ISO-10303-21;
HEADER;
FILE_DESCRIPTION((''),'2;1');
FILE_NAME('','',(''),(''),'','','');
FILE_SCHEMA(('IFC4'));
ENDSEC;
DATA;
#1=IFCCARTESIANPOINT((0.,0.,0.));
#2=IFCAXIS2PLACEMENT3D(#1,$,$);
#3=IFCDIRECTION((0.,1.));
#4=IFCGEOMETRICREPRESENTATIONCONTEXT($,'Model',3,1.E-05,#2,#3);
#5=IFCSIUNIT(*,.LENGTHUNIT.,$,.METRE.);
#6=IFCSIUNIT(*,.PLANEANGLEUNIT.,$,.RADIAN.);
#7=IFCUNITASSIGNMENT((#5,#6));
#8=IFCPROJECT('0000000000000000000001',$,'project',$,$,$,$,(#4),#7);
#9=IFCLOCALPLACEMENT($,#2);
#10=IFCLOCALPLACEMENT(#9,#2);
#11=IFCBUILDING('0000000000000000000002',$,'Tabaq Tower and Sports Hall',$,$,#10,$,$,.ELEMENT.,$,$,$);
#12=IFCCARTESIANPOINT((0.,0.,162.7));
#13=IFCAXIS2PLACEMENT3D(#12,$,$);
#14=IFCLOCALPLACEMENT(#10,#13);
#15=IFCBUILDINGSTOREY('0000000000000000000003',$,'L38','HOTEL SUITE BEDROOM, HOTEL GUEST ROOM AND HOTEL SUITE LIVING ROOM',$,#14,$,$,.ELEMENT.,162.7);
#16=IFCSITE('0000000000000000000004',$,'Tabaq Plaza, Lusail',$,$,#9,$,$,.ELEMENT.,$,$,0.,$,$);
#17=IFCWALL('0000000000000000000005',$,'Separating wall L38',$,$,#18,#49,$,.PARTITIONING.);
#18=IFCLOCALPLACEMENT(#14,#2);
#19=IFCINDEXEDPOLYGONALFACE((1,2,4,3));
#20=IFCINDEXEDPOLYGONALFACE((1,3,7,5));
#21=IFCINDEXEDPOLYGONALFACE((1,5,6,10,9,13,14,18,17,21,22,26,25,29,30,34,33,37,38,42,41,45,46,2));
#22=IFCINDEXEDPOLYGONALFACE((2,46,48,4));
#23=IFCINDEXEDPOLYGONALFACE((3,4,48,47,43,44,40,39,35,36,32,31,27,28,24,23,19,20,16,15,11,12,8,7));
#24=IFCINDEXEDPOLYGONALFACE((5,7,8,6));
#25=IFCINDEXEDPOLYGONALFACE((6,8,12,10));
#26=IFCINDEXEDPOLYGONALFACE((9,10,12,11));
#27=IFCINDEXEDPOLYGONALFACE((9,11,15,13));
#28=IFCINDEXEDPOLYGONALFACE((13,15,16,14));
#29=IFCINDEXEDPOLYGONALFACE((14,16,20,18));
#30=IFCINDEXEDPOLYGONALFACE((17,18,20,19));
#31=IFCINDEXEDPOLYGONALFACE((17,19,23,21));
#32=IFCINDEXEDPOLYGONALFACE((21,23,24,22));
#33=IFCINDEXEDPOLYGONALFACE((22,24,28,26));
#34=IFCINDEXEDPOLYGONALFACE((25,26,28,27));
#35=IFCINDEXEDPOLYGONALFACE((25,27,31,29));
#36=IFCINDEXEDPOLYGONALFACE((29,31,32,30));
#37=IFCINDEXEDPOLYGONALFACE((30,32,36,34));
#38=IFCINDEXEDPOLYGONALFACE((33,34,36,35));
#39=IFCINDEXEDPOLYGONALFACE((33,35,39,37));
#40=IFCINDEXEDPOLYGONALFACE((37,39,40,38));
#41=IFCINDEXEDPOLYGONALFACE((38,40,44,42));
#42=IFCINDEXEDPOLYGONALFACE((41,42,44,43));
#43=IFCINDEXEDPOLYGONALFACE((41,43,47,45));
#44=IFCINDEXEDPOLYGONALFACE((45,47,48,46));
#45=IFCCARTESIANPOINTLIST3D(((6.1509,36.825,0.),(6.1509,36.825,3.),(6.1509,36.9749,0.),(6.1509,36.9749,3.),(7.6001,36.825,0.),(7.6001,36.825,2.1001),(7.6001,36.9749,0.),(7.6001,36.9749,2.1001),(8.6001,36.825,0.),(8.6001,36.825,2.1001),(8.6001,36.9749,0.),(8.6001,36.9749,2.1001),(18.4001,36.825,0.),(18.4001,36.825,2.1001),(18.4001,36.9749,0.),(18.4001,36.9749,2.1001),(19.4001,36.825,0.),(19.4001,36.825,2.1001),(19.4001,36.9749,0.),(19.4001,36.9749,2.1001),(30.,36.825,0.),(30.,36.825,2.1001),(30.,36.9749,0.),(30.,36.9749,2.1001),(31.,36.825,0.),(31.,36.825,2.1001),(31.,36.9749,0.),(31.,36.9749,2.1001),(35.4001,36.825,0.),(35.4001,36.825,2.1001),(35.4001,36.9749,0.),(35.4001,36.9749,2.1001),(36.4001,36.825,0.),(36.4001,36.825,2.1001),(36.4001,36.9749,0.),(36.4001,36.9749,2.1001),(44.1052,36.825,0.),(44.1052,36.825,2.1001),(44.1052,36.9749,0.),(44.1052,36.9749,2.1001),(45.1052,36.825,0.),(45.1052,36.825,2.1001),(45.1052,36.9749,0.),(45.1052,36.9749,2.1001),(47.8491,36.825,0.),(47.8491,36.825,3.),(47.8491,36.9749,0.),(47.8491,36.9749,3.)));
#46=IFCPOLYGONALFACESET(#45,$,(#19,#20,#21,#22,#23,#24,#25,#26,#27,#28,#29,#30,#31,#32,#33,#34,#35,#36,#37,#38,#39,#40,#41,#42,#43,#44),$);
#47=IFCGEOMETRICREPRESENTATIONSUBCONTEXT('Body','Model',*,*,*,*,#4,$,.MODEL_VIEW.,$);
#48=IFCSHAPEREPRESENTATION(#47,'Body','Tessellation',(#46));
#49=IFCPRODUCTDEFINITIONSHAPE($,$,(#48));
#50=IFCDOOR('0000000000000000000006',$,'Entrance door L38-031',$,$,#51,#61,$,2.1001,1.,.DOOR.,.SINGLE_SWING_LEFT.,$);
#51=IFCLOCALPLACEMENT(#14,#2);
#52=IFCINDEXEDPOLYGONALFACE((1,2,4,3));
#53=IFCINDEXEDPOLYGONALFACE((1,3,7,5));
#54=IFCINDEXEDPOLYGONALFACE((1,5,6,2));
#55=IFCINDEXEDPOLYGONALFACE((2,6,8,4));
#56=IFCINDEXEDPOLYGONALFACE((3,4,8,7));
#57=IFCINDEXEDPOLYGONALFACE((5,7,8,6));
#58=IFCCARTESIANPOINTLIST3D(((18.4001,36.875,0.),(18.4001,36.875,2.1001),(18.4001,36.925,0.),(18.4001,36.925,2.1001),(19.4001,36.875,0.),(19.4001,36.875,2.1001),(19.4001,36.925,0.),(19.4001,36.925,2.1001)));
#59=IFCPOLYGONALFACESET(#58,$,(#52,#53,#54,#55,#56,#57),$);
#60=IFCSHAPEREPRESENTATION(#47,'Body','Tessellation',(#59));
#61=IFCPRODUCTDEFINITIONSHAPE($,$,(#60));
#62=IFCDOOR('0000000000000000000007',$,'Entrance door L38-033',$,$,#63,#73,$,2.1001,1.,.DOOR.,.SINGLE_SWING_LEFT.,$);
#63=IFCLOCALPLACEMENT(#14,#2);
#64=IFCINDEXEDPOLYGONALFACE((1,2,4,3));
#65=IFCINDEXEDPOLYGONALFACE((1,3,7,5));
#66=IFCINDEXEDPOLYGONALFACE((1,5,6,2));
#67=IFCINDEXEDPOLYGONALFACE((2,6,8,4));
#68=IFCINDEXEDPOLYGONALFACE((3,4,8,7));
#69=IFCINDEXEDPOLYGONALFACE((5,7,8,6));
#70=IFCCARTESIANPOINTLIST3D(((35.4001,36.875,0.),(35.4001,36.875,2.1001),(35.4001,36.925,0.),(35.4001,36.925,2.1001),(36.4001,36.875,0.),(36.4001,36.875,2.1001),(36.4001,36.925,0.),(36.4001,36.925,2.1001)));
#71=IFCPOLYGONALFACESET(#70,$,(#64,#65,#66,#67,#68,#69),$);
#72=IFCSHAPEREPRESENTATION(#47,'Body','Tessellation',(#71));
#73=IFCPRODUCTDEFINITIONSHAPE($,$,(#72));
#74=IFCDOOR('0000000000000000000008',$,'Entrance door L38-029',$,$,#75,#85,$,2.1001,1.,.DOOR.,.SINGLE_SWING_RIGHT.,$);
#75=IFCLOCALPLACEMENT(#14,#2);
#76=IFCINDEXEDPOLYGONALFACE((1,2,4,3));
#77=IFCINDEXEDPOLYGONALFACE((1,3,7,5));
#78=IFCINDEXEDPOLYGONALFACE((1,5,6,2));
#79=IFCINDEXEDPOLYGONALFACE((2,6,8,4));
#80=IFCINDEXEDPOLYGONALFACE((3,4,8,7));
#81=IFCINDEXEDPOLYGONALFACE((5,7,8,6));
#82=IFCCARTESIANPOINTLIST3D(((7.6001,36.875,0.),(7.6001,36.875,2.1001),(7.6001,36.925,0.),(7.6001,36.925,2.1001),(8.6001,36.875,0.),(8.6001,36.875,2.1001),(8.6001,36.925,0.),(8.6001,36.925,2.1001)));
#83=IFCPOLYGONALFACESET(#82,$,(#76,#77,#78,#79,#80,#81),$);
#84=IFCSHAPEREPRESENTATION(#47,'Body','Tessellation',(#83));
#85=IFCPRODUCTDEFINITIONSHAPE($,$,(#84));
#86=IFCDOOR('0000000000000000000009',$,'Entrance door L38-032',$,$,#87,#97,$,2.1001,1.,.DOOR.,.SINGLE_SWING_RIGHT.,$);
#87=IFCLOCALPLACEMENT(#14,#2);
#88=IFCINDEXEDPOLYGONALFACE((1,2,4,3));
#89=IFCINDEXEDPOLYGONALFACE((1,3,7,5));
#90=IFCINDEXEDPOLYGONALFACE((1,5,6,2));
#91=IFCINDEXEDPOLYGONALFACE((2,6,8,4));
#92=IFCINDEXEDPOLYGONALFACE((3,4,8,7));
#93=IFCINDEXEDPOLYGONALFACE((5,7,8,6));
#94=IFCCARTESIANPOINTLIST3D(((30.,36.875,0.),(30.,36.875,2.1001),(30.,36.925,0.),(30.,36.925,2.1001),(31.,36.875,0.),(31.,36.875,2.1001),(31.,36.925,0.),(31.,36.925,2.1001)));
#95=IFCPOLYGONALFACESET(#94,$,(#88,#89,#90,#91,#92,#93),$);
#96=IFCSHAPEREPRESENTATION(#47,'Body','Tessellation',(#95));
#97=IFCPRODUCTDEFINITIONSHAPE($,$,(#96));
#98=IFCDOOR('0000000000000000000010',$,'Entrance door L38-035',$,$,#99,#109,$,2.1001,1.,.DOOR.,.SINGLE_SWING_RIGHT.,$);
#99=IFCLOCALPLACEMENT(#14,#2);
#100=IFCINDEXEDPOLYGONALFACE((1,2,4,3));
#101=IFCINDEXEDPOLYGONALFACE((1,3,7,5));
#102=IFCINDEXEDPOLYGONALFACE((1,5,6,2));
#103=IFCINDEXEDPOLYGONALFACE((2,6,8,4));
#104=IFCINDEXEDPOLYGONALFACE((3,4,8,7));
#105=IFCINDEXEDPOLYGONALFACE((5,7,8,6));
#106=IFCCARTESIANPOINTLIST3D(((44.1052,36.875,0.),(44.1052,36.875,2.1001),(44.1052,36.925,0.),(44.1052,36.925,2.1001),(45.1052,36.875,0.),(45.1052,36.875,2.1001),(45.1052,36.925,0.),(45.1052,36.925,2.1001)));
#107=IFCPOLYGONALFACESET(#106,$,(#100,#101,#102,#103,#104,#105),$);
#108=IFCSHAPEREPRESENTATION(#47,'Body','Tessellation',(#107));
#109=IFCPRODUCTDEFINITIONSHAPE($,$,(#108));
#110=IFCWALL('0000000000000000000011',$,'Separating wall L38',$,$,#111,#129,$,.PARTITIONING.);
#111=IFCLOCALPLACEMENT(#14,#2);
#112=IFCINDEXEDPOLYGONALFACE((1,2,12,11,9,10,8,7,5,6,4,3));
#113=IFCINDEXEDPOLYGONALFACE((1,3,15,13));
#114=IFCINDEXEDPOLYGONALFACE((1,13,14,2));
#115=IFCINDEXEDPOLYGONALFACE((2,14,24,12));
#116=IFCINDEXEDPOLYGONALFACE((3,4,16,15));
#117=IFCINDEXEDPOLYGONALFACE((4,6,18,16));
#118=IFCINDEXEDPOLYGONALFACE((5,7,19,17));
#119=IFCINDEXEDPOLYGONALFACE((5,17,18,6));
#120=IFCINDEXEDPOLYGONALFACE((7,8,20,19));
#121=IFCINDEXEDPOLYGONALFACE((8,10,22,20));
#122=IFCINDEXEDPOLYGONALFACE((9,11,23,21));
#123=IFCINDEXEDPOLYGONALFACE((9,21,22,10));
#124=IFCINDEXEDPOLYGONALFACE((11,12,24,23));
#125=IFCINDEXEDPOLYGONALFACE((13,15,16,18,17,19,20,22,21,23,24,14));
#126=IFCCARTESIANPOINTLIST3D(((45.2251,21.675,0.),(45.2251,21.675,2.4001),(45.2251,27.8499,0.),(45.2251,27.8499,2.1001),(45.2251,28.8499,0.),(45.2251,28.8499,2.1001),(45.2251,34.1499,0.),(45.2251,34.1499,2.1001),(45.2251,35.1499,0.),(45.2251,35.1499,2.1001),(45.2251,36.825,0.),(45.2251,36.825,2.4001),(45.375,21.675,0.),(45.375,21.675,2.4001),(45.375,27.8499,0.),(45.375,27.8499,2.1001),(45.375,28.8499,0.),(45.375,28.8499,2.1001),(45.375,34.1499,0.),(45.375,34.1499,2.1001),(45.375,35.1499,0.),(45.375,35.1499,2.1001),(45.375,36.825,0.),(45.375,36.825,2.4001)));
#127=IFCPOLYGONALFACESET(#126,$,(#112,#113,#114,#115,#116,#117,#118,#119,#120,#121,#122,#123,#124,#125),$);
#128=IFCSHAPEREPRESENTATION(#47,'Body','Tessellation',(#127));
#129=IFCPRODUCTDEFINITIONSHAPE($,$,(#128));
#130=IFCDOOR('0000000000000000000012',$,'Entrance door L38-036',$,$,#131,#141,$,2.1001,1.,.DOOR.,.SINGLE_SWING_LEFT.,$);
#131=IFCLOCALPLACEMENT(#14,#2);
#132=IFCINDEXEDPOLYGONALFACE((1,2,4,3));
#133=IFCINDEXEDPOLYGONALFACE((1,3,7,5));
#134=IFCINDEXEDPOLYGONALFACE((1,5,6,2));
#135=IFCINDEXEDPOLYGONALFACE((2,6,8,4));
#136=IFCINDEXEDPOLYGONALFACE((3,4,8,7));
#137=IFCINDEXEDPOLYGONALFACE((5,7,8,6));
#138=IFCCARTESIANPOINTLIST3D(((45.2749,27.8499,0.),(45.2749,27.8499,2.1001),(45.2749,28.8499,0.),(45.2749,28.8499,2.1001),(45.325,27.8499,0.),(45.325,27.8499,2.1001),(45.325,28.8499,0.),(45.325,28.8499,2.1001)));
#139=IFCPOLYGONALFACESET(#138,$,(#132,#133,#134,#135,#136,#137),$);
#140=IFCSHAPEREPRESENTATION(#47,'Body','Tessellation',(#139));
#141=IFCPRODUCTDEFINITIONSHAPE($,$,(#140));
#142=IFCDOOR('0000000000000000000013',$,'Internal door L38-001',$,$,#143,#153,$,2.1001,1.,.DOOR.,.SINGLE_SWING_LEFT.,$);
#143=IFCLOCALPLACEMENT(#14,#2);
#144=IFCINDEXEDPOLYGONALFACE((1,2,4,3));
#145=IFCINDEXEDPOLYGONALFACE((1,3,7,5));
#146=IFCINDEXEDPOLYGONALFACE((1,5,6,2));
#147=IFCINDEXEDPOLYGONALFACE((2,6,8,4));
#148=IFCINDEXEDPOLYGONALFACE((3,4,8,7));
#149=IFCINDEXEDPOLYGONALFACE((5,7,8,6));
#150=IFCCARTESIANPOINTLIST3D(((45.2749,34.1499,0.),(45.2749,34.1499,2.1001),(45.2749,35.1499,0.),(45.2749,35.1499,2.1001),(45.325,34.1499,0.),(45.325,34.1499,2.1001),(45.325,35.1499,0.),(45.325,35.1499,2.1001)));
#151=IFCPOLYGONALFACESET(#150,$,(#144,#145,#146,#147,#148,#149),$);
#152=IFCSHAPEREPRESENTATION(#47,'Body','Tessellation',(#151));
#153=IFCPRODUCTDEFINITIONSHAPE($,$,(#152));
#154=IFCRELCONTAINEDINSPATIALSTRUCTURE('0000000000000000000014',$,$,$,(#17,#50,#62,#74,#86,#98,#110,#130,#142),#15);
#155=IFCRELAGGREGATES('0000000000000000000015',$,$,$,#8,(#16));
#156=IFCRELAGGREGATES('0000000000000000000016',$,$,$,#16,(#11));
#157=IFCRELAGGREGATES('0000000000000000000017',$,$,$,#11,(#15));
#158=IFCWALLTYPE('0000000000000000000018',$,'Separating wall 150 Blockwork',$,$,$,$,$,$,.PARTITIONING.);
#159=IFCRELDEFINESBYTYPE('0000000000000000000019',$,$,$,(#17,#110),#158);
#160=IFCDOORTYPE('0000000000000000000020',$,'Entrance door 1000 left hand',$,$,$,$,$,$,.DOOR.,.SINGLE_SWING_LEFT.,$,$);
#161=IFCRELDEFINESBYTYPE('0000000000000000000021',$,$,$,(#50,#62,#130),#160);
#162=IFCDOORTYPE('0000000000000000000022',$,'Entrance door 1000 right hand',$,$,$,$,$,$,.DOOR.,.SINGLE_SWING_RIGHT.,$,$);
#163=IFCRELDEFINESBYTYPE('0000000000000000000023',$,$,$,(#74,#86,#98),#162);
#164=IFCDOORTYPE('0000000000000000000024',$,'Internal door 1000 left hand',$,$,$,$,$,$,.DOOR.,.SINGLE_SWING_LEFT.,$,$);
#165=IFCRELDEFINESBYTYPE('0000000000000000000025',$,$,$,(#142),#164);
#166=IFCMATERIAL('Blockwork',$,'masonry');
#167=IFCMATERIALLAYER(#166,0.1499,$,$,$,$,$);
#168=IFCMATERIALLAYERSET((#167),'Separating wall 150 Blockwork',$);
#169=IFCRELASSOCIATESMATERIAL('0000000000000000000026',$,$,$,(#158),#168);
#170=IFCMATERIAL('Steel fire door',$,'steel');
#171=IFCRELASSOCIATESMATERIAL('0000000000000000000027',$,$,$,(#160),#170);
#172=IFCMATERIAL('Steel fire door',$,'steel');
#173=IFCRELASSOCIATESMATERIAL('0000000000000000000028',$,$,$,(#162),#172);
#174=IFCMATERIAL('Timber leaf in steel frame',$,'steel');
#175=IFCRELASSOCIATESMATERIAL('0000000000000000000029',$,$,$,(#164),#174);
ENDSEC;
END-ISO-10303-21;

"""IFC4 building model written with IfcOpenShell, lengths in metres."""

from ifc_helpers import new_model, si_unit, direction, frame, frame_2d, origin, place, context, subcontext, project, spatial, rectangle, extrude, material, layer, layer_set, type_object, element, fill, save


model = new_model("IFC4")

# Units and contexts
model_context = context("Model", 3, precision=1e-05, world=origin(), true_north=direction((0.0, 1.0)))
body_context = subcontext(model_context, "Body", "Model", "MODEL_VIEW")
ifc_project = project(units=[si_unit("LENGTHUNIT", "METRE"), si_unit("PLANEANGLEUNIT", "RADIAN")], contexts=[model_context])

# Site, building, storey
site_placement = place(None, origin())
site = spatial("IfcSite", under=ifc_project, at=site_placement, Name="Tabaq Plaza, Lusail", CompositionType="ELEMENT", RefElevation=0.0)
building_placement = place(site_placement, origin())
building = spatial("IfcBuilding", under=site, at=building_placement, Name="Tabaq Tower and Sports Hall", CompositionType="ELEMENT")
storey_placement = place(building_placement, frame((0.0, 0.0, 162.7)))
storey = spatial("IfcBuildingStorey", under=building, at=storey_placement, Name="L38", Description="HOTEL SUITE BEDROOM, HOTEL GUEST ROOM AND HOTEL SUITE LIVING ROOM", CompositionType="ELEMENT", Elevation=162.7)

# Walls, openings, doors
ifc_material_1 = material(Name="Blockwork", Category="masonry")
ifc_layer = layer(ifc_material_1, 0.1499)
ifc_layer_set = layer_set([ifc_layer], Name="Separating wall 150 Blockwork")
wall_type = type_object("IfcWallType", Name="Separating wall 150 Blockwork", PredefinedType="PARTITIONING", material=ifc_layer_set)
wall_1_placement = place(storey_placement, frame((47.8491, 36.8999, 0.0), z_axis=(0.0, 0.0, 1.0), x_axis=(-1.0, 0.0, 0.0)))
wall_1 = element("IfcWall", 1, at=wall_1_placement, inside=storey, type_object=wall_type, Name="Separating wall L38", PredefinedType="PARTITIONING", context=body_context, shape_type="SweptSolid", body=[
    extrude(rectangle(XDim=41.6982, YDim=0.1499, at=frame_2d((20.8491, 0.0))), origin(), (0.0, 0.0, 1.0), 3.0),
])
opening_1_placement = place(wall_1_placement, frame((39.249, 0.0, 0.0)))
opening_1 = element("IfcOpeningElement", 2, at=opening_1_placement, cuts=wall_1, PredefinedType="OPENING", context=body_context, shape_type="SweptSolid", body=[
    extrude(rectangle(XDim=1.0, YDim=2.1001, at=frame_2d((0.5, 1.05))), frame((0.0, 0.075, 0.0), z_axis=(0.0, -1.0, 0.0), x_axis=(1.0, 0.0, 0.0)), (0.0, 0.0, 1.0), 0.1499),
])
opening_2_placement = place(wall_1_placement, frame((28.449, 0.0, 0.0)))
opening_2 = element("IfcOpeningElement", 3, at=opening_2_placement, cuts=wall_1, PredefinedType="OPENING", context=body_context, shape_type="SweptSolid", body=[
    extrude(rectangle(XDim=1.0, YDim=2.1001, at=frame_2d((0.5, 1.05))), frame((0.0, 0.075, 0.0), z_axis=(0.0, -1.0, 0.0), x_axis=(1.0, 0.0, 0.0)), (0.0, 0.0, 1.0), 0.1499),
])
opening_3_placement = place(wall_1_placement, frame((16.8491, 0.0, 0.0)))
opening_3 = element("IfcOpeningElement", 4, at=opening_3_placement, cuts=wall_1, PredefinedType="OPENING", context=body_context, shape_type="SweptSolid", body=[
    extrude(rectangle(XDim=1.0, YDim=2.1001, at=frame_2d((0.5, 1.05))), frame((0.0, 0.075, 0.0), z_axis=(0.0, -1.0, 0.0), x_axis=(1.0, 0.0, 0.0)), (0.0, 0.0, 1.0), 0.1499),
])
opening_4_placement = place(wall_1_placement, frame((11.449, 0.0, 0.0)))
opening_4 = element("IfcOpeningElement", 5, at=opening_4_placement, cuts=wall_1, PredefinedType="OPENING", context=body_context, shape_type="SweptSolid", body=[
    extrude(rectangle(XDim=1.0, YDim=2.1001, at=frame_2d((0.5, 1.05))), frame((0.0, 0.075, 0.0), z_axis=(0.0, -1.0, 0.0), x_axis=(1.0, 0.0, 0.0)), (0.0, 0.0, 1.0), 0.1499),
])
opening_5_placement = place(wall_1_placement, frame((2.7439, 0.0, 0.0)))
opening_5 = element("IfcOpeningElement", 6, at=opening_5_placement, cuts=wall_1, PredefinedType="OPENING", context=body_context, shape_type="SweptSolid", body=[
    extrude(rectangle(XDim=1.0, YDim=2.1001, at=frame_2d((0.5, 1.05))), frame((0.0, 0.075, 0.0), z_axis=(0.0, -1.0, 0.0), x_axis=(1.0, 0.0, 0.0)), (0.0, 0.0, 1.0), 0.1499),
])
ifc_material_2 = material(Name="Steel fire door", Category="steel")
door_type_1 = type_object("IfcDoorType", Name="Entrance door 1000 left hand", OperationType="SINGLE_SWING_LEFT", PredefinedType="DOOR", material=ifc_material_2)
door_1_placement = place(opening_2_placement, origin())
door_1 = element("IfcDoor", 7, at=door_1_placement, inside=storey, type_object=door_type_1, Name="Entrance door L38-031", OperationType="SINGLE_SWING_LEFT", OverallHeight=2.1001, OverallWidth=1.0, PredefinedType="DOOR", context=body_context, shape_type="SweptSolid", body=[
    extrude(rectangle(XDim=1.0, YDim=2.1001, at=frame_2d((0.5, 1.05))), frame((0.0, 0.0249, 0.0), z_axis=(0.0, -1.0, 0.0), x_axis=(1.0, 0.0, 0.0)), (0.0, 0.0, 1.0), 0.05),
])
fill(opening_2, door_1)
door_2_placement = place(opening_4_placement, origin())
door_2 = element("IfcDoor", 8, at=door_2_placement, inside=storey, type_object=door_type_1, Name="Entrance door L38-033", OperationType="SINGLE_SWING_LEFT", OverallHeight=2.1001, OverallWidth=1.0, PredefinedType="DOOR", context=body_context, shape_type="SweptSolid", body=[
    extrude(rectangle(XDim=1.0, YDim=2.1001, at=frame_2d((0.5, 1.05))), frame((0.0, 0.0249, 0.0), z_axis=(0.0, -1.0, 0.0), x_axis=(1.0, 0.0, 0.0)), (0.0, 0.0, 1.0), 0.05),
])
fill(opening_4, door_2)
ifc_material_3 = material(Name="Steel fire door", Category="steel")
door_type_2 = type_object("IfcDoorType", Name="Entrance door 1000 right hand", OperationType="SINGLE_SWING_RIGHT", PredefinedType="DOOR", material=ifc_material_3)
door_3_placement = place(opening_1_placement, origin())
door_3 = element("IfcDoor", 9, at=door_3_placement, inside=storey, type_object=door_type_2, Name="Entrance door L38-029", OperationType="SINGLE_SWING_RIGHT", OverallHeight=2.1001, OverallWidth=1.0, PredefinedType="DOOR", context=body_context, shape_type="SweptSolid", body=[
    extrude(rectangle(XDim=1.0, YDim=2.1001, at=frame_2d((0.5, 1.05))), frame((0.0, 0.0249, 0.0), z_axis=(0.0, -1.0, 0.0), x_axis=(1.0, 0.0, 0.0)), (0.0, 0.0, 1.0), 0.05),
])
fill(opening_1, door_3)
door_4_placement = place(opening_3_placement, origin())
door_4 = element("IfcDoor", 10, at=door_4_placement, inside=storey, type_object=door_type_2, Name="Entrance door L38-032", OperationType="SINGLE_SWING_RIGHT", OverallHeight=2.1001, OverallWidth=1.0, PredefinedType="DOOR", context=body_context, shape_type="SweptSolid", body=[
    extrude(rectangle(XDim=1.0, YDim=2.1001, at=frame_2d((0.5, 1.05))), frame((0.0, 0.0249, 0.0), z_axis=(0.0, -1.0, 0.0), x_axis=(1.0, 0.0, 0.0)), (0.0, 0.0, 1.0), 0.05),
])
fill(opening_3, door_4)
door_5_placement = place(opening_5_placement, origin())
door_5 = element("IfcDoor", 11, at=door_5_placement, inside=storey, type_object=door_type_2, Name="Entrance door L38-035", OperationType="SINGLE_SWING_RIGHT", OverallHeight=2.1001, OverallWidth=1.0, PredefinedType="DOOR", context=body_context, shape_type="SweptSolid", body=[
    extrude(rectangle(XDim=1.0, YDim=2.1001, at=frame_2d((0.5, 1.05))), frame((0.0, 0.0249, 0.0), z_axis=(0.0, -1.0, 0.0), x_axis=(1.0, 0.0, 0.0)), (0.0, 0.0, 1.0), 0.05),
])
fill(opening_5, door_5)
wall_2_placement = place(storey_placement, frame((45.3, 36.825, 0.0), z_axis=(0.0, 0.0, 1.0), x_axis=(0.0, -1.0, 0.0)))
wall_2 = element("IfcWall", 12, at=wall_2_placement, inside=storey, type_object=wall_type, Name="Separating wall L38", PredefinedType="PARTITIONING", context=body_context, shape_type="SweptSolid", body=[
    extrude(rectangle(XDim=15.1499, YDim=0.1499, at=frame_2d((7.575, 0.0))), origin(), (0.0, 0.0, 1.0), 2.4001),
])
opening_6_placement = place(wall_2_placement, frame((1.675, 0.0, 0.0)))
opening_6 = element("IfcOpeningElement", 13, at=opening_6_placement, cuts=wall_2, PredefinedType="OPENING", context=body_context, shape_type="SweptSolid", body=[
    extrude(rectangle(XDim=1.0, YDim=2.1001, at=frame_2d((0.5, 1.05))), frame((0.0, 0.075, 0.0), z_axis=(0.0, -1.0, 0.0), x_axis=(1.0, 0.0, 0.0)), (0.0, 0.0, 1.0), 0.1499),
])
opening_7_placement = place(wall_2_placement, frame((7.9751, 0.0, 0.0)))
opening_7 = element("IfcOpeningElement", 14, at=opening_7_placement, cuts=wall_2, PredefinedType="OPENING", context=body_context, shape_type="SweptSolid", body=[
    extrude(rectangle(XDim=1.0, YDim=2.1001, at=frame_2d((0.5, 1.05))), frame((0.0, 0.075, 0.0), z_axis=(0.0, -1.0, 0.0), x_axis=(1.0, 0.0, 0.0)), (0.0, 0.0, 1.0), 0.1499),
])
door_6_placement = place(opening_7_placement, origin())
door_6 = element("IfcDoor", 15, at=door_6_placement, inside=storey, type_object=door_type_1, Name="Entrance door L38-036", OperationType="SINGLE_SWING_LEFT", OverallHeight=2.1001, OverallWidth=1.0, PredefinedType="DOOR", context=body_context, shape_type="SweptSolid", body=[
    extrude(rectangle(XDim=1.0, YDim=2.1001, at=frame_2d((0.5, 1.05))), frame((0.0, 0.0249, 0.0), z_axis=(0.0, -1.0, 0.0), x_axis=(1.0, 0.0, 0.0)), (0.0, 0.0, 1.0), 0.05),
])
fill(opening_7, door_6)
ifc_material_4 = material(Name="Timber leaf in steel frame", Category="steel")
door_type_3 = type_object("IfcDoorType", Name="Internal door 1000 left hand", OperationType="SINGLE_SWING_LEFT", PredefinedType="DOOR", material=ifc_material_4)
door_7_placement = place(opening_6_placement, origin())
door_7 = element("IfcDoor", 16, at=door_7_placement, inside=storey, type_object=door_type_3, Name="Internal door L38-001", OperationType="SINGLE_SWING_LEFT", OverallHeight=2.1001, OverallWidth=1.0, PredefinedType="DOOR", context=body_context, shape_type="SweptSolid", body=[
    extrude(rectangle(XDim=1.0, YDim=2.1001, at=frame_2d((0.5, 1.05))), frame((0.0, 0.0249, 0.0), z_axis=(0.0, -1.0, 0.0), x_axis=(1.0, 0.0, 0.0)), (0.0, 0.0, 1.0), 0.05),
])
fill(opening_6, door_7)

save(model, "model.ifc")
